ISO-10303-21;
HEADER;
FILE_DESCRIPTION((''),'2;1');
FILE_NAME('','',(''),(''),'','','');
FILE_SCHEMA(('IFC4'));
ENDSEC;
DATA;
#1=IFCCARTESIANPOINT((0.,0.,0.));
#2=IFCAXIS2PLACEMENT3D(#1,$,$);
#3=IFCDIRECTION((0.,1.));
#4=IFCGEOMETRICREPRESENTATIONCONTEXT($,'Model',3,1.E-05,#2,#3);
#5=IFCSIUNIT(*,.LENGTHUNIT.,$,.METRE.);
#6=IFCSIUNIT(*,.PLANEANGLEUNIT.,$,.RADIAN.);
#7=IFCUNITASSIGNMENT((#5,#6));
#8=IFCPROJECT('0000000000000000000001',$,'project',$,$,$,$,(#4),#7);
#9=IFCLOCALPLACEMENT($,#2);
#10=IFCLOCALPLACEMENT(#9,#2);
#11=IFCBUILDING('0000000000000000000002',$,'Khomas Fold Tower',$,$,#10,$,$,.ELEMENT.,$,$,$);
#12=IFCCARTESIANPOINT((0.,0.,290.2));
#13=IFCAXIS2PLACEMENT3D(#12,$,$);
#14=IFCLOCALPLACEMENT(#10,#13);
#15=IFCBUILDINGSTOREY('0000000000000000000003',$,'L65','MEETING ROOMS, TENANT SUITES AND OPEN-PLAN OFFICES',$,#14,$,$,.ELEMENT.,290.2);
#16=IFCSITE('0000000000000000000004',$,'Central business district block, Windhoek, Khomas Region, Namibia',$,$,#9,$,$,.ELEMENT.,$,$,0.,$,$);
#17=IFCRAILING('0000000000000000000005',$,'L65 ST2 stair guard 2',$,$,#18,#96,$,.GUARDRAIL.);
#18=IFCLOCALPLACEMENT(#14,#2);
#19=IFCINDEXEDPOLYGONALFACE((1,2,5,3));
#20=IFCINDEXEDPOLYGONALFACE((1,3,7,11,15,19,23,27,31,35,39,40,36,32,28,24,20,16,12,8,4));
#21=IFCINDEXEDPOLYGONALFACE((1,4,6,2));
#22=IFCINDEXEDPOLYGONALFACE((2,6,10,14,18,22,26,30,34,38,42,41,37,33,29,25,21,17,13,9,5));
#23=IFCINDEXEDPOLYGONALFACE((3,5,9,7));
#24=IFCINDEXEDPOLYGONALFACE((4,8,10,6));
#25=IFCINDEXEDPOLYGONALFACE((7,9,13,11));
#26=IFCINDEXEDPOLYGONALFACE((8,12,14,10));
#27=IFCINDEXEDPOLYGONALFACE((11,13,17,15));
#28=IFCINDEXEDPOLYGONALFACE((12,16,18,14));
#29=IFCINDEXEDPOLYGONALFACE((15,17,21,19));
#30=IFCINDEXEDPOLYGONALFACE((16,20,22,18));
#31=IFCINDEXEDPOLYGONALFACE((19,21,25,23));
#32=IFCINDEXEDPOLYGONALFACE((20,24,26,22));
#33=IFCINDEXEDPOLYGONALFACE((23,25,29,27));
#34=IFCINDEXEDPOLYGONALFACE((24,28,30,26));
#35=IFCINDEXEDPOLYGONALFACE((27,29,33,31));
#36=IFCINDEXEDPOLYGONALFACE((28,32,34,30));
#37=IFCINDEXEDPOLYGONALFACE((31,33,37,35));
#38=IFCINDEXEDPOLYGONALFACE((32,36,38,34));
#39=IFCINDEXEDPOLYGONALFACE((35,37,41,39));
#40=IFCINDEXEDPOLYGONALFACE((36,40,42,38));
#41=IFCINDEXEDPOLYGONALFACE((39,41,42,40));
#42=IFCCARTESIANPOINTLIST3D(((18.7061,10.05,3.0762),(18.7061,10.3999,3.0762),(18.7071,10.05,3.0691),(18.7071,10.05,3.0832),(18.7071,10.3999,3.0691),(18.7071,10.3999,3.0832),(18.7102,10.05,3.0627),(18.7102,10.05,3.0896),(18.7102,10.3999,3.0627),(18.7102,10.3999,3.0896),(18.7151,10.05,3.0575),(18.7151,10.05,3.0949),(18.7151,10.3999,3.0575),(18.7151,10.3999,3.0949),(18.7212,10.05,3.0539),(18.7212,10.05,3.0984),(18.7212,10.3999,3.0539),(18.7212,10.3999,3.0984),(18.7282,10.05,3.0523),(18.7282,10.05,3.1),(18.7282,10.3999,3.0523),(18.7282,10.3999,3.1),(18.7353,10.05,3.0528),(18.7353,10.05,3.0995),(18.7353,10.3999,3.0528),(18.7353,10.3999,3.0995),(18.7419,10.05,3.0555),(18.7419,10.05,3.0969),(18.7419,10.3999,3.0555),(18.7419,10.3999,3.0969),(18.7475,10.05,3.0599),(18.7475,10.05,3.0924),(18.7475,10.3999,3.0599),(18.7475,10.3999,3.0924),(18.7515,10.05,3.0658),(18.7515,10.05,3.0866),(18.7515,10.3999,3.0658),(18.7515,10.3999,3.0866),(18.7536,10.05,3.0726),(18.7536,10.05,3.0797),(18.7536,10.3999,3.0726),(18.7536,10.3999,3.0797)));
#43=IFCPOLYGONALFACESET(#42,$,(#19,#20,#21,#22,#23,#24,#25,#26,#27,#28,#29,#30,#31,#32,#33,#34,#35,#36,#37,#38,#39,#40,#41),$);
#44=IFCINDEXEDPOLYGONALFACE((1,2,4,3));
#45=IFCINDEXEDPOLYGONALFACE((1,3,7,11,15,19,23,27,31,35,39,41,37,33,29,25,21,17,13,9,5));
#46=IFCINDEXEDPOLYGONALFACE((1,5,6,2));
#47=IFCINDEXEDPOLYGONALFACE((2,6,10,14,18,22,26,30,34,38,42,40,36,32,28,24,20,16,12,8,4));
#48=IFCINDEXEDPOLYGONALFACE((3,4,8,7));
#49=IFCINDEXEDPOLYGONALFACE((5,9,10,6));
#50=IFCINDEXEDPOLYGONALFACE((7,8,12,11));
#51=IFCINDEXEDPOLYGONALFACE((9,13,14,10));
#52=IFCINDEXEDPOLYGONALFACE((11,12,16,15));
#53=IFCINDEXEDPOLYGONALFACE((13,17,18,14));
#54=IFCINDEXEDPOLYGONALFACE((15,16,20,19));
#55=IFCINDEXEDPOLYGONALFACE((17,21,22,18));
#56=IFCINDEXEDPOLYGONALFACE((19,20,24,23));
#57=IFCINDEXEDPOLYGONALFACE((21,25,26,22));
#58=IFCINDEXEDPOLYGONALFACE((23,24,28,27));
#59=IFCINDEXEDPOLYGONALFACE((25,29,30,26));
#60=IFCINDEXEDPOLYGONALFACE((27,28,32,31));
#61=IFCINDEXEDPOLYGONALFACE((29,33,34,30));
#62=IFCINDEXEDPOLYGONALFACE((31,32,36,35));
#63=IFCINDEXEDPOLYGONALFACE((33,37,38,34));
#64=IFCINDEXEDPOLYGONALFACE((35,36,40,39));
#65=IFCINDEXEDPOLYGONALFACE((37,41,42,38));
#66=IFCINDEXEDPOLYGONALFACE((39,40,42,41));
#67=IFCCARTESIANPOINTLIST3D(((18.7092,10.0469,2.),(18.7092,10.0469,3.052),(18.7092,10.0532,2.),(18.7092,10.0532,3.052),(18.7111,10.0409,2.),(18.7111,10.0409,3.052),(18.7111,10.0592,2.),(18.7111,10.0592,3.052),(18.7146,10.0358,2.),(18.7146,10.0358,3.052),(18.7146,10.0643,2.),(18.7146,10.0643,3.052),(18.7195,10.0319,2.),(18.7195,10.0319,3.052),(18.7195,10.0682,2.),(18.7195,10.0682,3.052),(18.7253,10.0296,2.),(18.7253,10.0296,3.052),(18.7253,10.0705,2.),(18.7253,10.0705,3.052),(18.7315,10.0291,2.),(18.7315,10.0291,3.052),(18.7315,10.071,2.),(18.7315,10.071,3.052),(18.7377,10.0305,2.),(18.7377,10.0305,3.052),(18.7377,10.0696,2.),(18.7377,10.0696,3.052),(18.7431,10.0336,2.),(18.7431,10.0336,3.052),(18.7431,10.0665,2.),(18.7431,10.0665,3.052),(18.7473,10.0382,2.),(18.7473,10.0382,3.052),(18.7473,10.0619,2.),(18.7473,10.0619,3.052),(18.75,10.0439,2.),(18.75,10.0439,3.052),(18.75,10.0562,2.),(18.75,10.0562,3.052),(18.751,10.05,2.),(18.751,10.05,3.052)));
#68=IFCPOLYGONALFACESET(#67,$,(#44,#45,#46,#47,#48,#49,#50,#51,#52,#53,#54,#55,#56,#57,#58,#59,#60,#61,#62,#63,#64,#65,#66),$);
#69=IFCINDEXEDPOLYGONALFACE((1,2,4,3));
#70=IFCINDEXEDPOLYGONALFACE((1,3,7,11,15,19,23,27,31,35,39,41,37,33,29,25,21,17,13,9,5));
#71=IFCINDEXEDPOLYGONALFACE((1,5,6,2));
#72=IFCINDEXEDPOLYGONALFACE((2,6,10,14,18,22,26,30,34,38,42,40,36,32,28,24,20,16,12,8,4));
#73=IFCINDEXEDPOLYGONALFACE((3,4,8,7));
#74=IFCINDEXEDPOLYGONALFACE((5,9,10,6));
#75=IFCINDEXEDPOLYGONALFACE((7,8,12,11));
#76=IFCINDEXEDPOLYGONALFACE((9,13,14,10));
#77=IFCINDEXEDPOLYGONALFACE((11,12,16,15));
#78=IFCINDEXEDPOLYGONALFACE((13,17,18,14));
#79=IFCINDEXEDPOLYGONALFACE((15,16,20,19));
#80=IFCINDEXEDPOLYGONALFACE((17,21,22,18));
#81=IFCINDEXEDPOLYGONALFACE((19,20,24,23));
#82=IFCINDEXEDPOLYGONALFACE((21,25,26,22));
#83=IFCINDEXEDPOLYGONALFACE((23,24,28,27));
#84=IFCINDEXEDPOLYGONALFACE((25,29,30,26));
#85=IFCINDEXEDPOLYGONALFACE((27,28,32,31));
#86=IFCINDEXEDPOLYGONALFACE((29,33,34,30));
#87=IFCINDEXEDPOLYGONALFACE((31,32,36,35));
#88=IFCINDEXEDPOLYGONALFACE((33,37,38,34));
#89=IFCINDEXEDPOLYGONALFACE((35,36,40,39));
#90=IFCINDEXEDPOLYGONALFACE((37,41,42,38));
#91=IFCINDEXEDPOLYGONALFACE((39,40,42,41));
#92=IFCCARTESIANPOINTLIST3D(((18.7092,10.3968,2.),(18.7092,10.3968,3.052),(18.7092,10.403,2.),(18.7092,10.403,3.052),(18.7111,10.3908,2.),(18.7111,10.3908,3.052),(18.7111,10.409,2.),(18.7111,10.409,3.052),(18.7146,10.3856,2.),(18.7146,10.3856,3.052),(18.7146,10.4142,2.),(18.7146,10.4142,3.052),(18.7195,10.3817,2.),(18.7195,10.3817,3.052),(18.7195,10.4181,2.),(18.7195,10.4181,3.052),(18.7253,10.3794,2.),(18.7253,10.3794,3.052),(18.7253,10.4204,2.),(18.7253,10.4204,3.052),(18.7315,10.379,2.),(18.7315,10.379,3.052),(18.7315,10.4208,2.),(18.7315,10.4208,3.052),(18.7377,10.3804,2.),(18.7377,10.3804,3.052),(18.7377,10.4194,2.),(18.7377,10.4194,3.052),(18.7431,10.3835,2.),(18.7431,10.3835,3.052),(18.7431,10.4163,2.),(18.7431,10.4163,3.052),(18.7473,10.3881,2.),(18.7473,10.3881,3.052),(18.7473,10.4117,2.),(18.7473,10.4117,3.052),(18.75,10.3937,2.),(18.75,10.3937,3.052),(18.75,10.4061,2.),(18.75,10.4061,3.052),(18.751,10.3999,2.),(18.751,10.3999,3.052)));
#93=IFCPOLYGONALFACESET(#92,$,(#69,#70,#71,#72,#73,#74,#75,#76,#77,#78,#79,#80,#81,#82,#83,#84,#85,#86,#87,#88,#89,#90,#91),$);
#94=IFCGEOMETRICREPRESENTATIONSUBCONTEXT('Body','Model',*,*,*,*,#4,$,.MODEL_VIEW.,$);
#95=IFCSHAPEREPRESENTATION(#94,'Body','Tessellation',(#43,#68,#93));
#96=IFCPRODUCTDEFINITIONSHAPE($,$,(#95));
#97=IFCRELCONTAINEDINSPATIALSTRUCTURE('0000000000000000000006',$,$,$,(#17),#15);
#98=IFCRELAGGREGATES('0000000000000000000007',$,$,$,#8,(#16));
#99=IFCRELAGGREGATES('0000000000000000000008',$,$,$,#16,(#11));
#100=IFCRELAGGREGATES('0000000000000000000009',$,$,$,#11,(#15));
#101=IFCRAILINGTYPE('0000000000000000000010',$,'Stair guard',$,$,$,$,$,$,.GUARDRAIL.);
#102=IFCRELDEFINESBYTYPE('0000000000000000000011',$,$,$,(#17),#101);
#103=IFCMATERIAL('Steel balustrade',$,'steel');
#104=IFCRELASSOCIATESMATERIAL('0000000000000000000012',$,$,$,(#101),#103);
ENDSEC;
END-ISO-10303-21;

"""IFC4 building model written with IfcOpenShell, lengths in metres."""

from ifc_helpers import new_model, si_unit, direction, frame, origin, origin_2d, place, context, subcontext, project, spatial, circle, extrude, source, transform, mapped, material, type_object, element, save


model = new_model("IFC4")

# Units and contexts
model_context = context("Model", 3, precision=1e-05, world=origin(), true_north=direction((0.0, 1.0)))
body_context = subcontext(model_context, "Body", "Model", "MODEL_VIEW")
ifc_project = project(units=[si_unit("LENGTHUNIT", "METRE"), si_unit("PLANEANGLEUNIT", "RADIAN")], contexts=[model_context])

# Site, building, storey
site_placement = place(None, origin())
site = spatial("IfcSite", under=ifc_project, at=site_placement, Name="Central business district block, Windhoek, Khomas Region, Namibia", CompositionType="ELEMENT", RefElevation=0.0)
building_placement = place(site_placement, origin())
building = spatial("IfcBuilding", under=site, at=building_placement, Name="Khomas Fold Tower", CompositionType="ELEMENT")
storey_placement = place(building_placement, frame((0.0, 0.0, 290.2)))
storey = spatial("IfcBuildingStorey", under=building, at=storey_placement, Name="L65", Description="MEETING ROOMS, TENANT SUITES AND OPEN-PLAN OFFICES", CompositionType="ELEMENT", Elevation=290.2)

# Railing
ifc_material_1 = material(Name="Steel balustrade", Category="steel")
railing_type_1 = type_object("IfcRailingType", Name="Stair guard", PredefinedType="GUARDRAIL", material=ifc_material_1)
shared_shape_1 = source(origin(), body_context, "Body", "SweptSolid", [
    extrude(circle(Radius=0.0239, at=origin_2d()), frame((0.0, 0.0, 1.0762), z_axis=(0.0, 1.0, 0.0), x_axis=(-1.0, 0.0, 0.0)), (0.0, 0.0, 1.0), 0.3499),
    extrude(circle(Radius=0.021, at=origin_2d()), origin(), (0.0, 0.0, 1.0), 1.052),
    extrude(circle(Radius=0.021, at=origin_2d()), frame((0.0, 0.3499, 0.0)), (0.0, 0.0, 1.0), 1.052),
])
railing_1_placement = place(storey_placement, frame((18.73, 10.05, 2.0)))
element("IfcRailing", 1, at=railing_1_placement, inside=storey, type_object=railing_type_1, Name="L65 ST2 stair guard 2", PredefinedType="GUARDRAIL", context=body_context, shape_type="MappedRepresentation", body=[
    mapped(shared_shape_1, transform((0.0, 0.0, 0.0))),
])

save(model, "model.ifc")
